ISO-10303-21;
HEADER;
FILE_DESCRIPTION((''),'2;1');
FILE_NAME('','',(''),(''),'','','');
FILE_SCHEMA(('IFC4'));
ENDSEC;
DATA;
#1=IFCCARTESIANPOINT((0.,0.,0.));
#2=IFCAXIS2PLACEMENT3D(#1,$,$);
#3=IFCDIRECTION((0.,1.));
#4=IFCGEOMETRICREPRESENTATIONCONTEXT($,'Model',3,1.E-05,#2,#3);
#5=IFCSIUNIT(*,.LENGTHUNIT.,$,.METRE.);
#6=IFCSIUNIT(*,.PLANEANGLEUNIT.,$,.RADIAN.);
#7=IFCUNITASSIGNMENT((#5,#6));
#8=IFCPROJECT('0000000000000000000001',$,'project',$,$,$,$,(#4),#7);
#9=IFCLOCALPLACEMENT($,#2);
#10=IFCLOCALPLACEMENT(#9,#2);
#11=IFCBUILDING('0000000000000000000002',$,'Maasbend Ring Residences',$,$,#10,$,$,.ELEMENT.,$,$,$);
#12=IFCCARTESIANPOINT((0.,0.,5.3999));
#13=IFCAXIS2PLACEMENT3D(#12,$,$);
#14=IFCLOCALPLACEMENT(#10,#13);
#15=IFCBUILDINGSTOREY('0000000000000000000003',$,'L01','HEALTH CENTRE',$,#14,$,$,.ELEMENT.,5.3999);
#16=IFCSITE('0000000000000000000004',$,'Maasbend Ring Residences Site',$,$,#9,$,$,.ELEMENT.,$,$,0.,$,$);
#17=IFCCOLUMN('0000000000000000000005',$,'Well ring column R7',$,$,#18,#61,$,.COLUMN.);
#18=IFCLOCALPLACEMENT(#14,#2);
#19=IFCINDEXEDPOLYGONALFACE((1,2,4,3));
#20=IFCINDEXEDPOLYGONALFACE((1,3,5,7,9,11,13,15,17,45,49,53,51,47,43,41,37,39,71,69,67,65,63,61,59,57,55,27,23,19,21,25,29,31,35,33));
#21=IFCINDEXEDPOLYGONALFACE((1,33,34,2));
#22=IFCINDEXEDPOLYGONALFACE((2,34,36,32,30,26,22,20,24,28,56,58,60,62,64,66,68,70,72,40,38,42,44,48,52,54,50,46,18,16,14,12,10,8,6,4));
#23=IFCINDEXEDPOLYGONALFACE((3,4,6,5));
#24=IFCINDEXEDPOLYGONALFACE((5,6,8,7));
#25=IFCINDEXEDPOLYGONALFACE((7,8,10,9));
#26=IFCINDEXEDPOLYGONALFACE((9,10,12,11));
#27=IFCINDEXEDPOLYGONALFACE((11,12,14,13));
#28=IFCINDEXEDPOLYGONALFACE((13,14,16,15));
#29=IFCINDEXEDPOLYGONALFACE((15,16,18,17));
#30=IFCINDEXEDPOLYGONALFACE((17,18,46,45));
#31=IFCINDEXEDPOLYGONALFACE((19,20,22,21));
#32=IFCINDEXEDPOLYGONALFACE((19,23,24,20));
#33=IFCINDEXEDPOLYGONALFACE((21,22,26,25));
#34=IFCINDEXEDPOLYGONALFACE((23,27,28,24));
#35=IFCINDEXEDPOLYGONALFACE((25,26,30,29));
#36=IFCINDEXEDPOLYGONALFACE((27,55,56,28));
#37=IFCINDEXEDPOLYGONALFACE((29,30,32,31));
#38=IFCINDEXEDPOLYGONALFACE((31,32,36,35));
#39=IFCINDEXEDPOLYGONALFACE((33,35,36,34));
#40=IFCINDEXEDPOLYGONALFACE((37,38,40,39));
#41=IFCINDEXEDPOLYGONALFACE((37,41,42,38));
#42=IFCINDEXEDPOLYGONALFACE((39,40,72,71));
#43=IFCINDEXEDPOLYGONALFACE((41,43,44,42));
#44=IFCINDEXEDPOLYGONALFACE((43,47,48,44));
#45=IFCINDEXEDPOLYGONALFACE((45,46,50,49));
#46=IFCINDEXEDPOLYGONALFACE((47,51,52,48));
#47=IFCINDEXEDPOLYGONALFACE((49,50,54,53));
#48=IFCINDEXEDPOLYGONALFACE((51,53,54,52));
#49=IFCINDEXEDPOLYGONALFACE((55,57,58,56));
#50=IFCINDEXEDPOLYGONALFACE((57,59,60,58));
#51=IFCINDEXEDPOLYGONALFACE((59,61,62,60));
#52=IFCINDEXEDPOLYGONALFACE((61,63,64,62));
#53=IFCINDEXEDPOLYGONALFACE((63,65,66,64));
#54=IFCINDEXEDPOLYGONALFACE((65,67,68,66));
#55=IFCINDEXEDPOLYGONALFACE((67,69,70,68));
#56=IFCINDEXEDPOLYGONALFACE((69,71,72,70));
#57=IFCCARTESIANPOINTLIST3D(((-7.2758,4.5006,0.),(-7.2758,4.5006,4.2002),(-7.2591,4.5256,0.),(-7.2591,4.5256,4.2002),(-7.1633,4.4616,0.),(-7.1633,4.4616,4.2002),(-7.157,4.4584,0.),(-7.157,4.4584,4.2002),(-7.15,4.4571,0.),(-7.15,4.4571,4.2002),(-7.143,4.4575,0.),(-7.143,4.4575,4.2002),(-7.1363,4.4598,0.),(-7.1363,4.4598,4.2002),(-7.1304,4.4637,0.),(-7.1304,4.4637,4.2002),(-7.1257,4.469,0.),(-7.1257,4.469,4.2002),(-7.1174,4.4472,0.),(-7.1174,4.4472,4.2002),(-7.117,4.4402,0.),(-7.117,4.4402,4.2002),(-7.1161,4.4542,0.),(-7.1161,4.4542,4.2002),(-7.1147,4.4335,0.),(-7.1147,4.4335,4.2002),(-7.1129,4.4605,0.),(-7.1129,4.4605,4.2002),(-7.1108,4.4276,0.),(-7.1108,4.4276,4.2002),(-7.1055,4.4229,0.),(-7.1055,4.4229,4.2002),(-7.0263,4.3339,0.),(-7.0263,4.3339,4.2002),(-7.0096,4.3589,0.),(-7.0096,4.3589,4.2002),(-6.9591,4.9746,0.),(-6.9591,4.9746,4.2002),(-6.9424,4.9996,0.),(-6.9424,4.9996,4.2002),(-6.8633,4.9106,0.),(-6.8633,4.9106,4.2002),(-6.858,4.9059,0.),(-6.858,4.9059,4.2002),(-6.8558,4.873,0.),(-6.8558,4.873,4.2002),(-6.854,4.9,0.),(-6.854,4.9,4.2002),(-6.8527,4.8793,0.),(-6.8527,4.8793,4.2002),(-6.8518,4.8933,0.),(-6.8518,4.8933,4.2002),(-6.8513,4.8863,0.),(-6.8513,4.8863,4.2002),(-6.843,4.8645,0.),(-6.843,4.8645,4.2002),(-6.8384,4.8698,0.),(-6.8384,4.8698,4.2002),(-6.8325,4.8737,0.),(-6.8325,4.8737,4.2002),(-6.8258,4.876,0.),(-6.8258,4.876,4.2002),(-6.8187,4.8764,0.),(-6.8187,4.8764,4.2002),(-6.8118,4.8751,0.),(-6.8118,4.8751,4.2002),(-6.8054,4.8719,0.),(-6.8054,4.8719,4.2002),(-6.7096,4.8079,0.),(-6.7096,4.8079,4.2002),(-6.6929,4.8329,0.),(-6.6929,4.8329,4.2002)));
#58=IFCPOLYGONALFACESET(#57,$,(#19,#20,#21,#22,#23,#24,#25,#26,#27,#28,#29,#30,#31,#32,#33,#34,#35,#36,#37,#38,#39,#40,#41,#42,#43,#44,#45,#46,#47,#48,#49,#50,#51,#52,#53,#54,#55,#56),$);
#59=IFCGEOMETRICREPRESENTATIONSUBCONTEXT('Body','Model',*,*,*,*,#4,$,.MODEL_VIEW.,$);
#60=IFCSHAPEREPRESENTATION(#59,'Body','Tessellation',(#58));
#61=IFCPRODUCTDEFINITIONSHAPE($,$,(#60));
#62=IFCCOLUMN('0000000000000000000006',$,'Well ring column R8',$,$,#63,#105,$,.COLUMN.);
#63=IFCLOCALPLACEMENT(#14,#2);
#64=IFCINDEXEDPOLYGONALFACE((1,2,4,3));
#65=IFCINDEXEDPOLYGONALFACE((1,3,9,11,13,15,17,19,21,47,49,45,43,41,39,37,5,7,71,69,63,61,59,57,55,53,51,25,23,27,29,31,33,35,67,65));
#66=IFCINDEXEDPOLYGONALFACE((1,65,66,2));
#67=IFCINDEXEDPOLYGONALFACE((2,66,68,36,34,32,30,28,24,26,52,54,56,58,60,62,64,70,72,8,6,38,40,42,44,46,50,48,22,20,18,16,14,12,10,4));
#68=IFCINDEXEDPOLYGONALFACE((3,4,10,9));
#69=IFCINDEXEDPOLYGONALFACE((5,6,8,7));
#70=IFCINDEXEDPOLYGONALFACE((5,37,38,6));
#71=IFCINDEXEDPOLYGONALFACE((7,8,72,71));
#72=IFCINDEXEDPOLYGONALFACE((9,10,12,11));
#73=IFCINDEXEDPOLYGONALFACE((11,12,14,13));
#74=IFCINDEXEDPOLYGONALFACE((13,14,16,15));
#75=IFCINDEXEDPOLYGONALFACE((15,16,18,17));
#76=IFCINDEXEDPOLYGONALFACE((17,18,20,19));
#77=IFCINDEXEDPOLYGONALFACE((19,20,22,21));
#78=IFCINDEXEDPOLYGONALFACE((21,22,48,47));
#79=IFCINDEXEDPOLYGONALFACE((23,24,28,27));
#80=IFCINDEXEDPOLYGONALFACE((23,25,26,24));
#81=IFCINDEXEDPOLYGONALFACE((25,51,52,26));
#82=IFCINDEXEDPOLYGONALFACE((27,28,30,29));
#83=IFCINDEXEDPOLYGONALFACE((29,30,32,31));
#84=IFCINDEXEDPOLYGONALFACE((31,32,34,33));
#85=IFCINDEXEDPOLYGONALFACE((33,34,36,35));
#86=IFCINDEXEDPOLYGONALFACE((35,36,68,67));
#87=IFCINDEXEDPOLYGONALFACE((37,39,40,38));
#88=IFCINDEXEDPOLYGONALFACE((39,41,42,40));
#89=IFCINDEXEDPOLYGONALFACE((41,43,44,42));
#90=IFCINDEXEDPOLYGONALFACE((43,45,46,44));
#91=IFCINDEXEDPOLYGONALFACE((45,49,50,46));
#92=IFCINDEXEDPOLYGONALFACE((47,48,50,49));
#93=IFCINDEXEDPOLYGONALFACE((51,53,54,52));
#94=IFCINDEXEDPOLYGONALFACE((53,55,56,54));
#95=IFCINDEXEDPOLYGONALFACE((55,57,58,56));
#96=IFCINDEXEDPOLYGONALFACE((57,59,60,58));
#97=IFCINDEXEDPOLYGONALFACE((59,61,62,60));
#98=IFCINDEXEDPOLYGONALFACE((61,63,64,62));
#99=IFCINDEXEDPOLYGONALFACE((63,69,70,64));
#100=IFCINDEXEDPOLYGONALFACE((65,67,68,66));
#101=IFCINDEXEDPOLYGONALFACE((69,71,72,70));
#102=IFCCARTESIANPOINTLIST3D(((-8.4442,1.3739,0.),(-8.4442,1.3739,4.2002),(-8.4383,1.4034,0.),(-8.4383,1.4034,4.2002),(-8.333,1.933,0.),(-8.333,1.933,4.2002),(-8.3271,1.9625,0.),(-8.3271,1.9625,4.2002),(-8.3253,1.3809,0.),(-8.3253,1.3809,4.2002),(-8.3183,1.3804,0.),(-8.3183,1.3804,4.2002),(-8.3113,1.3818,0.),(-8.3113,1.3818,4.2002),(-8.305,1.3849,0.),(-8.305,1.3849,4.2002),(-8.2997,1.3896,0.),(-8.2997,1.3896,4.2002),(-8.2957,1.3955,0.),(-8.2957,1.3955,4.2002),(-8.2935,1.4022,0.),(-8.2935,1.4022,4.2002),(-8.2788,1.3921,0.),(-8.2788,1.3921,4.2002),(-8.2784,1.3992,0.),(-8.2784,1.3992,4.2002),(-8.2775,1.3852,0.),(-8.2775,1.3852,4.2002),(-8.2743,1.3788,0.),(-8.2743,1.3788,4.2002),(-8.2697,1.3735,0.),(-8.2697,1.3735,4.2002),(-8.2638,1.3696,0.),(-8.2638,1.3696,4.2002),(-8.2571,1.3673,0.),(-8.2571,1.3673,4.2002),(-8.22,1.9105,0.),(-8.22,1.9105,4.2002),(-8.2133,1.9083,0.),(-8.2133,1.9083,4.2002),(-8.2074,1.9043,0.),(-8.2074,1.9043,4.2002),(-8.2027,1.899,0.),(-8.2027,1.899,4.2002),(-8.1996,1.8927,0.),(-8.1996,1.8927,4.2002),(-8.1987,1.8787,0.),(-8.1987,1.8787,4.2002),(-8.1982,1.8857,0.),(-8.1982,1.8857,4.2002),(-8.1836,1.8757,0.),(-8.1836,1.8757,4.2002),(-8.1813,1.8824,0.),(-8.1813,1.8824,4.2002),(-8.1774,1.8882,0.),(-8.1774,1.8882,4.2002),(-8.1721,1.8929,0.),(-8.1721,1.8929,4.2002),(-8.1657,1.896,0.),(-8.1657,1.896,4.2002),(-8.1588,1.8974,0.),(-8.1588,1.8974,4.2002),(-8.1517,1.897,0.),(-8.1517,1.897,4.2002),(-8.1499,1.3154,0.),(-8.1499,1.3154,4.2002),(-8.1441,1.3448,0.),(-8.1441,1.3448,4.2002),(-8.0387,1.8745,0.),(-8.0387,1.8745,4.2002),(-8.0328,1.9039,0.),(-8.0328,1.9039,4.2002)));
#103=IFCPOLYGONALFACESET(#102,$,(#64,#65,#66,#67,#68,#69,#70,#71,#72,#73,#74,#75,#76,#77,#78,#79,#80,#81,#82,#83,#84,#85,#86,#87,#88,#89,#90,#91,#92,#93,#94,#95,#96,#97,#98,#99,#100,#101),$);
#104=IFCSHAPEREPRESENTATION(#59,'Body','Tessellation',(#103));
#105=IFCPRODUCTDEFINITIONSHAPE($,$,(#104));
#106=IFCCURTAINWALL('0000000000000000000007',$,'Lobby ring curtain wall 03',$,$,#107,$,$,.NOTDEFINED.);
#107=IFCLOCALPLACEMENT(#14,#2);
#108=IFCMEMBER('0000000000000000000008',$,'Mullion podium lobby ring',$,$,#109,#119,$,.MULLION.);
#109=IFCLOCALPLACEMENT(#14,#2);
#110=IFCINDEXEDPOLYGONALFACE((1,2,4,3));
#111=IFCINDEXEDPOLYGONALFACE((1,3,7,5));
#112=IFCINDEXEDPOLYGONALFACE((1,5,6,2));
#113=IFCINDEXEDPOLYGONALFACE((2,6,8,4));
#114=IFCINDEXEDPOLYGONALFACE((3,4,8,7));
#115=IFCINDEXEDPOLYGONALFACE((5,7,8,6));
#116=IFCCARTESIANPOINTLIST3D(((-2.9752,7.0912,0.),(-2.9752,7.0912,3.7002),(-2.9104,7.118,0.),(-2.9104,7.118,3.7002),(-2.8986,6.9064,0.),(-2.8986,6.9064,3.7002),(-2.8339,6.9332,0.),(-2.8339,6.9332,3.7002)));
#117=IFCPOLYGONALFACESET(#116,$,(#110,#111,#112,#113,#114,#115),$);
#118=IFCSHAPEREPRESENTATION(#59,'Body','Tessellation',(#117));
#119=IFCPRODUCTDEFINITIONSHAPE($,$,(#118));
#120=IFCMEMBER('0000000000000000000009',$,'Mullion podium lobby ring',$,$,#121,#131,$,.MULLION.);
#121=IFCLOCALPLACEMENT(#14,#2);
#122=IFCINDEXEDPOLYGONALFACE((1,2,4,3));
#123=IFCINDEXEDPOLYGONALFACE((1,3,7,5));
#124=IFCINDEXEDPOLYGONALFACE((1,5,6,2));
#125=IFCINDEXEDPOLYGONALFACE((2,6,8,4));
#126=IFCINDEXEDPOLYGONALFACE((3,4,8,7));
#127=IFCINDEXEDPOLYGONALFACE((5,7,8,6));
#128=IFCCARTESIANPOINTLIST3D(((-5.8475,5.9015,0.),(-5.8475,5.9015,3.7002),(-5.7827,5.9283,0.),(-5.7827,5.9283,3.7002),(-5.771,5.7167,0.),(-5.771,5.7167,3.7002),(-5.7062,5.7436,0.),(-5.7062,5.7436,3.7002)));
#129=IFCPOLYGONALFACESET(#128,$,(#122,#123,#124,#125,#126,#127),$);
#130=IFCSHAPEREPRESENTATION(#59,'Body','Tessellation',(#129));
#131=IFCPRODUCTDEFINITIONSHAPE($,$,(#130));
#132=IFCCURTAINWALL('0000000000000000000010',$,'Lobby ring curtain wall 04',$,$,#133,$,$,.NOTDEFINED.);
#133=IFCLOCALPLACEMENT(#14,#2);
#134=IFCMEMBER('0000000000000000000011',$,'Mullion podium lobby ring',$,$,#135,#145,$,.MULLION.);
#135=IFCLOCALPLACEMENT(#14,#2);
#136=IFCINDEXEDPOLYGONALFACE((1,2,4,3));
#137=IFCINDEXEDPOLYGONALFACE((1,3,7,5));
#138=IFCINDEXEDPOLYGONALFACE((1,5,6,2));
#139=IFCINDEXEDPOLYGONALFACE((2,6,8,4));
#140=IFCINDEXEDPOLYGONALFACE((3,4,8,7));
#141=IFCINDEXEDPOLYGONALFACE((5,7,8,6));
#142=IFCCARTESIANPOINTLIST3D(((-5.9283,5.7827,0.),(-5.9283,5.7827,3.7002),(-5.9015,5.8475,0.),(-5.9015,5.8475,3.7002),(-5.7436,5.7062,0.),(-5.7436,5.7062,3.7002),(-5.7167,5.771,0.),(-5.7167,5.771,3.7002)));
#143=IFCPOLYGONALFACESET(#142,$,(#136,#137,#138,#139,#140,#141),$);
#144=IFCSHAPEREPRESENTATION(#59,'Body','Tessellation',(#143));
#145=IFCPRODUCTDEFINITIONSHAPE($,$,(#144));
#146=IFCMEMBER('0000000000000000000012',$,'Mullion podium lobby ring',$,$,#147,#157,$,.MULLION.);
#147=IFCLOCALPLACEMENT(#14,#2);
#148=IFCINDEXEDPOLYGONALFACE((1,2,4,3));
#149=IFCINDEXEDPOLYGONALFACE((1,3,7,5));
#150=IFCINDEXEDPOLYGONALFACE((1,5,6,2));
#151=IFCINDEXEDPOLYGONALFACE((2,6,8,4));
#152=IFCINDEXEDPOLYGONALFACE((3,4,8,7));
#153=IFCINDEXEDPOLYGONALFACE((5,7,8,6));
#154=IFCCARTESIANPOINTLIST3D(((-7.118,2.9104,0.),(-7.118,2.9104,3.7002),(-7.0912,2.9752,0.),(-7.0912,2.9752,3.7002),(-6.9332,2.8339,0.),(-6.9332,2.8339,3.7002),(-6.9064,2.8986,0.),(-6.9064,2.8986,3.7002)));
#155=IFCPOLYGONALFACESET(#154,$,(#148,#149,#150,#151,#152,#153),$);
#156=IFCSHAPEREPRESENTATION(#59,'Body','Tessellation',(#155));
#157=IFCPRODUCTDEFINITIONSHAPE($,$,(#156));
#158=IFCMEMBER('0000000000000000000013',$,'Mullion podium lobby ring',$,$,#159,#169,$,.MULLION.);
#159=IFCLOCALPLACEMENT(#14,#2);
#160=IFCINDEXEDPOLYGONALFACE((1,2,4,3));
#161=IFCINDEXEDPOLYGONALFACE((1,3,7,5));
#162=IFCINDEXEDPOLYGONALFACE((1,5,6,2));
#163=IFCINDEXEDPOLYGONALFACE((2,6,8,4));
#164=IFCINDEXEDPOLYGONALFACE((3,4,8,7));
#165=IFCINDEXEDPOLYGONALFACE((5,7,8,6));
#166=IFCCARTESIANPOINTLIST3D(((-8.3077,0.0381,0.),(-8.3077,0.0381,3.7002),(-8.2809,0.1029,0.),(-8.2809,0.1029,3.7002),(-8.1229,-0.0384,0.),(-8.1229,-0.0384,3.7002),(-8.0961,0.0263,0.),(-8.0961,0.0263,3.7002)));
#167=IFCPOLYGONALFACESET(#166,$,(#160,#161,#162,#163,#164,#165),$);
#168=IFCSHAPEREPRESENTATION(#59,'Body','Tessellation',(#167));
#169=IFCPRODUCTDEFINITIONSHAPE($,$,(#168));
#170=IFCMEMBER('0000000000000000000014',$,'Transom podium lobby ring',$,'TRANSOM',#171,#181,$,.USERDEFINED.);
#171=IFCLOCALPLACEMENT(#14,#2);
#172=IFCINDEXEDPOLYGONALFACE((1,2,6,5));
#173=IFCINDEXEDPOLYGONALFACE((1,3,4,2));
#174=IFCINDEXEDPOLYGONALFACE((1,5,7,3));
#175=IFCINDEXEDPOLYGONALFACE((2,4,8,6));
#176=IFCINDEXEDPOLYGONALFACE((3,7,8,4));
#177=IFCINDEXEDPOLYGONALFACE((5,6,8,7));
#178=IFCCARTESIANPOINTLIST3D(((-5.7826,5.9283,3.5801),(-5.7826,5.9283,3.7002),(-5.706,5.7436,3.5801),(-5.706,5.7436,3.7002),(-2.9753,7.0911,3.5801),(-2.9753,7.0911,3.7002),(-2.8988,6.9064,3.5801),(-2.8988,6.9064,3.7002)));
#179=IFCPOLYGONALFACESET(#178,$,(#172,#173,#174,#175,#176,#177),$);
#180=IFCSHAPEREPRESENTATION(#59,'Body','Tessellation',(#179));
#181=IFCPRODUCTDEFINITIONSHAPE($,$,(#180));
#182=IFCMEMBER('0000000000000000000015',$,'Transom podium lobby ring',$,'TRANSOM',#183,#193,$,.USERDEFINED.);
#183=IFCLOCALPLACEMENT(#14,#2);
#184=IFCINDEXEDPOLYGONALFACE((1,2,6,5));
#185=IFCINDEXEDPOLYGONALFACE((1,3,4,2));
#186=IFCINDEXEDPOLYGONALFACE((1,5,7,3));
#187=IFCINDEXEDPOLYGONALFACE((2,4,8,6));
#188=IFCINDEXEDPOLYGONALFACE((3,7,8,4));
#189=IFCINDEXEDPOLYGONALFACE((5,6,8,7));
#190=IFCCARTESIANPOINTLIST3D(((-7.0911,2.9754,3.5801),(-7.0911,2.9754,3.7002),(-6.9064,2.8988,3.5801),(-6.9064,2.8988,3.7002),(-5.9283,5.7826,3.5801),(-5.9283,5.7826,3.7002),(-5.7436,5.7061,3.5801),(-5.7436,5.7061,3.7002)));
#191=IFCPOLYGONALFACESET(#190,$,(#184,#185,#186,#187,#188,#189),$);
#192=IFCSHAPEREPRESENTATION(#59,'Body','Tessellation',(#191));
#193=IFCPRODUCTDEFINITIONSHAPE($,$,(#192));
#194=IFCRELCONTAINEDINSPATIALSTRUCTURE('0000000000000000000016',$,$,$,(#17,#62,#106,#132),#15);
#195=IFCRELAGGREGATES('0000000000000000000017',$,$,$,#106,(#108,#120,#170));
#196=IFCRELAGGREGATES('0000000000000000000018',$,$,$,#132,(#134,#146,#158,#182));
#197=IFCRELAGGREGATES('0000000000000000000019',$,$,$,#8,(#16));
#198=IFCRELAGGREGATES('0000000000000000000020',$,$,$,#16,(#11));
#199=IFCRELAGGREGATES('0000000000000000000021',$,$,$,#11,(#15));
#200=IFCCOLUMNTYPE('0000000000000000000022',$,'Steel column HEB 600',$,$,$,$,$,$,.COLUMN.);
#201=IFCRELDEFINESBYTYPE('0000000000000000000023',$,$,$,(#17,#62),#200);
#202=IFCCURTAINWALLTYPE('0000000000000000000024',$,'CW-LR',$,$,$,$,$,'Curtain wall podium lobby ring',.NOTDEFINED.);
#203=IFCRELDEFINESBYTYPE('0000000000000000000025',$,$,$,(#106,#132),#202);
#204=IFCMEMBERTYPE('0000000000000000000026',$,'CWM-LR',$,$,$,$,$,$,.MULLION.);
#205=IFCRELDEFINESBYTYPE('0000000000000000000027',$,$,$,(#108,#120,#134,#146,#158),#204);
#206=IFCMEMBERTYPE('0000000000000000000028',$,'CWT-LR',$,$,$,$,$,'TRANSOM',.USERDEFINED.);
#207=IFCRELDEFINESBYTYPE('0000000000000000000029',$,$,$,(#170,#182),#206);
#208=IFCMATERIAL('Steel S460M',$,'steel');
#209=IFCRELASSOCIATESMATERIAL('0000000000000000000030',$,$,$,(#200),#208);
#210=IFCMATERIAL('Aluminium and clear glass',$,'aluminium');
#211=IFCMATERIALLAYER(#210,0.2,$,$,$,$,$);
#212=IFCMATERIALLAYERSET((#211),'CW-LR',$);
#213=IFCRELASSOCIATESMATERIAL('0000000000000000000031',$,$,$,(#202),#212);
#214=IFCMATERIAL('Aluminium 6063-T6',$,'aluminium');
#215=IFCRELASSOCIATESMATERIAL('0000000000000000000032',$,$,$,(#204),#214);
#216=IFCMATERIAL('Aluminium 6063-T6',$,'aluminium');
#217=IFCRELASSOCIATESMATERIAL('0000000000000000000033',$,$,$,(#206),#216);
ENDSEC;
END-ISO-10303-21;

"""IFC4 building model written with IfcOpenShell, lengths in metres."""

from ifc_helpers import new_model, si_unit, direction, frame, origin, origin_2d, place, context, subcontext, project, spatial, rectangle, i_section, extrude, material, layer, layer_set, material_profile, profile_set, type_object, element, aggregate, save


model = new_model("IFC4")

# Units and contexts
model_context = context("Model", 3, precision=1e-05, world=origin(), true_north=direction((0.0, 1.0)))
body_context = subcontext(model_context, "Body", "Model", "MODEL_VIEW")
ifc_project = project(units=[si_unit("LENGTHUNIT", "METRE"), si_unit("PLANEANGLEUNIT", "RADIAN")], contexts=[model_context])

# Site, building, storey
site_placement = place(None, origin())
site = spatial("IfcSite", under=ifc_project, at=site_placement, Name="Maasbend Ring Residences Site", CompositionType="ELEMENT", RefElevation=0.0)
building_placement = place(site_placement, origin())
building = spatial("IfcBuilding", under=site, at=building_placement, Name="Maasbend Ring Residences", CompositionType="ELEMENT")
storey_placement = place(building_placement, frame((0.0, 0.0, 5.3999)))
storey = spatial("IfcBuildingStorey", under=building, at=storey_placement, Name="L01", Description="HEALTH CENTRE", CompositionType="ELEMENT", Elevation=5.3999)

# Columns
ifc_material_1 = material(Name="Steel S460M", Category="steel")
ifc_material_profile_1 = material_profile(ifc_material_1, i_section(OverallWidth=0.3, OverallDepth=0.6001, WebThickness=0.0154, FlangeThickness=0.03, FilletRadius=0.0271, at=origin_2d()), Name="HEB 600")
ifc_profile_set_1 = profile_set([ifc_material_profile_1], Name="Steel S460M")
column_type = type_object("IfcColumnType", Name="Steel column HEB 600", PredefinedType="COLUMN", material=ifc_profile_set_1)
for number, where, z_axis, x_axis, name in (
    (1, (-6.9844, 4.6667, 0.0), (0.0, 0.0, 1.0), (-0.83147, 0.55557, 0.0), "Well ring column R7"),
    (2, (-8.2385, 1.6389, 0.0), (0.0, 0.0, 1.0), (-0.980785, 0.19509, 0.0), "Well ring column R8"),
):
    element("IfcColumn", number, at=place(storey_placement, frame(where, z_axis=z_axis, x_axis=x_axis)), inside=storey, type_object=column_type, Name=name, PredefinedType="COLUMN", context=body_context, shape_type="SweptSolid", body=[
        extrude(i_section(OverallWidth=0.3, OverallDepth=0.6001, WebThickness=0.0154, FlangeThickness=0.03, FilletRadius=0.0271, at=origin_2d()), origin(), (0.0, 0.0, 1.0), 4.2002),
    ])

# Curtain walls, members
ifc_material_2 = material(Name="Aluminium and clear glass", Category="aluminium")
ifc_layer_1 = layer(ifc_material_2, 0.2)
ifc_layer_set_1 = layer_set([ifc_layer_1], Name="CW-LR")
curtain_wall_type = type_object("IfcCurtainWallType", Name="CW-LR", ElementType="Curtain wall podium lobby ring", PredefinedType="NOTDEFINED", material=ifc_layer_set_1)
curtain_wall_1_placement = place(storey_placement, origin())
curtain_wall_1 = element("IfcCurtainWall", 3, at=curtain_wall_1_placement, inside=storey, type_object=curtain_wall_type, Name="Lobby ring curtain wall 03", PredefinedType="NOTDEFINED")
ifc_material_3 = material(Name="Aluminium 6063-T6", Category="aluminium")
ifc_material_profile_2 = material_profile(ifc_material_3, rectangle(XDim=0.2, YDim=0.0701, at=origin_2d()), Name="AL 200x70")
ifc_profile_set_2 = profile_set([ifc_material_profile_2], Name="Aluminium 6063-T6")
member_type_1 = type_object("IfcMemberType", Name="CWM-LR", PredefinedType="MULLION", material=ifc_profile_set_2)
member_1_placement = place(storey_placement, frame((-2.9045, 7.0122, 0.0), z_axis=(0.0, 0.0, 1.0), x_axis=(0.382683, -0.92388, 0.0)))
member_1 = element("IfcMember", 4, at=member_1_placement, type_object=member_type_1, Name="Mullion podium lobby ring", PredefinedType="MULLION", context=body_context, shape_type="SweptSolid", body=[
    extrude(rectangle(XDim=0.2, YDim=0.0701, at=origin_2d()), origin(), (0.0, 0.0, 1.0), 3.7002),
])
member_2_placement = place(storey_placement, frame((-5.7769, 5.8225, 0.0), z_axis=(0.0, 0.0, 1.0), x_axis=(0.382683, -0.92388, 0.0)))
member_2 = element("IfcMember", 5, at=member_2_placement, type_object=member_type_1, Name="Mullion podium lobby ring", PredefinedType="MULLION", context=body_context, shape_type="SweptSolid", body=[
    extrude(rectangle(XDim=0.2, YDim=0.0701, at=origin_2d()), origin(), (0.0, 0.0, 1.0), 3.7002),
])
curtain_wall_2_placement = place(storey_placement, origin())
curtain_wall_2 = element("IfcCurtainWall", 6, at=curtain_wall_2_placement, inside=storey, type_object=curtain_wall_type, Name="Lobby ring curtain wall 04", PredefinedType="NOTDEFINED")
member_3_placement = place(storey_placement, frame((-5.8225, 5.7769, 0.0), z_axis=(0.0, 0.0, 1.0), x_axis=(0.92388, -0.382683, 0.0)))
member_3 = element("IfcMember", 7, at=member_3_placement, type_object=member_type_1, Name="Mullion podium lobby ring", PredefinedType="MULLION", context=body_context, shape_type="SweptSolid", body=[
    extrude(rectangle(XDim=0.2, YDim=0.0701, at=origin_2d()), origin(), (0.0, 0.0, 1.0), 3.7002),
])
member_4_placement = place(storey_placement, frame((-7.0122, 2.9045, 0.0), z_axis=(0.0, 0.0, 1.0), x_axis=(0.92388, -0.382683, 0.0)))
member_4 = element("IfcMember", 8, at=member_4_placement, type_object=member_type_1, Name="Mullion podium lobby ring", PredefinedType="MULLION", context=body_context, shape_type="SweptSolid", body=[
    extrude(rectangle(XDim=0.2, YDim=0.0701, at=origin_2d()), origin(), (0.0, 0.0, 1.0), 3.7002),
])
member_5_placement = place(storey_placement, frame((-8.2019, 0.0322, 0.0), z_axis=(0.0, 0.0, 1.0), x_axis=(0.92388, -0.382683, 0.0)))
member_5 = element("IfcMember", 9, at=member_5_placement, type_object=member_type_1, Name="Mullion podium lobby ring", PredefinedType="MULLION", context=body_context, shape_type="SweptSolid", body=[
    extrude(rectangle(XDim=0.2, YDim=0.0701, at=origin_2d()), origin(), (0.0, 0.0, 1.0), 3.7002),
])

# Members
ifc_material_4 = material(Name="Aluminium 6063-T6", Category="aluminium")
ifc_material_profile_3 = material_profile(ifc_material_4, rectangle(XDim=0.2, YDim=0.1201, at=origin_2d()), Name="AL 200x120")
ifc_profile_set_3 = profile_set([ifc_material_profile_3], Name="Aluminium 6063-T6")
member_type_2 = type_object("IfcMemberType", Name="CWT-LR", ElementType="TRANSOM", PredefinedType="USERDEFINED", material=ifc_profile_set_3)
member_6_placement = place(storey_placement, frame((-2.937, 6.9988, 3.6401), z_axis=(-0.923881, -0.382681, 0.0), x_axis=(0.382681, -0.923881, 0.0)))
member_6 = element("IfcMember", 10, at=member_6_placement, type_object=member_type_2, Name="Transom podium lobby ring", ObjectType="TRANSOM", PredefinedType="USERDEFINED", context=body_context, shape_type="SweptSolid", body=[
    extrude(rectangle(XDim=0.2, YDim=0.1201, at=origin_2d()), origin(), (0.0, 0.0, 1.0), 3.0386),
])
member_7_placement = place(storey_placement, frame((-5.8359, 5.7444, 3.6401), z_axis=(-0.382681, -0.923881, 0.0), x_axis=(0.923881, -0.382681, 0.0)))
member_7 = element("IfcMember", 11, at=member_7_placement, type_object=member_type_2, Name="Transom podium lobby ring", ObjectType="TRANSOM", PredefinedType="USERDEFINED", context=body_context, shape_type="SweptSolid", body=[
    extrude(rectangle(XDim=0.2, YDim=0.1201, at=origin_2d()), origin(), (0.0, 0.0, 1.0), 3.0386),
])

aggregate(curtain_wall_1, [member_1, member_2, member_6])
aggregate(curtain_wall_2, [member_3, member_4, member_5, member_7])

save(model, "model.ifc")
